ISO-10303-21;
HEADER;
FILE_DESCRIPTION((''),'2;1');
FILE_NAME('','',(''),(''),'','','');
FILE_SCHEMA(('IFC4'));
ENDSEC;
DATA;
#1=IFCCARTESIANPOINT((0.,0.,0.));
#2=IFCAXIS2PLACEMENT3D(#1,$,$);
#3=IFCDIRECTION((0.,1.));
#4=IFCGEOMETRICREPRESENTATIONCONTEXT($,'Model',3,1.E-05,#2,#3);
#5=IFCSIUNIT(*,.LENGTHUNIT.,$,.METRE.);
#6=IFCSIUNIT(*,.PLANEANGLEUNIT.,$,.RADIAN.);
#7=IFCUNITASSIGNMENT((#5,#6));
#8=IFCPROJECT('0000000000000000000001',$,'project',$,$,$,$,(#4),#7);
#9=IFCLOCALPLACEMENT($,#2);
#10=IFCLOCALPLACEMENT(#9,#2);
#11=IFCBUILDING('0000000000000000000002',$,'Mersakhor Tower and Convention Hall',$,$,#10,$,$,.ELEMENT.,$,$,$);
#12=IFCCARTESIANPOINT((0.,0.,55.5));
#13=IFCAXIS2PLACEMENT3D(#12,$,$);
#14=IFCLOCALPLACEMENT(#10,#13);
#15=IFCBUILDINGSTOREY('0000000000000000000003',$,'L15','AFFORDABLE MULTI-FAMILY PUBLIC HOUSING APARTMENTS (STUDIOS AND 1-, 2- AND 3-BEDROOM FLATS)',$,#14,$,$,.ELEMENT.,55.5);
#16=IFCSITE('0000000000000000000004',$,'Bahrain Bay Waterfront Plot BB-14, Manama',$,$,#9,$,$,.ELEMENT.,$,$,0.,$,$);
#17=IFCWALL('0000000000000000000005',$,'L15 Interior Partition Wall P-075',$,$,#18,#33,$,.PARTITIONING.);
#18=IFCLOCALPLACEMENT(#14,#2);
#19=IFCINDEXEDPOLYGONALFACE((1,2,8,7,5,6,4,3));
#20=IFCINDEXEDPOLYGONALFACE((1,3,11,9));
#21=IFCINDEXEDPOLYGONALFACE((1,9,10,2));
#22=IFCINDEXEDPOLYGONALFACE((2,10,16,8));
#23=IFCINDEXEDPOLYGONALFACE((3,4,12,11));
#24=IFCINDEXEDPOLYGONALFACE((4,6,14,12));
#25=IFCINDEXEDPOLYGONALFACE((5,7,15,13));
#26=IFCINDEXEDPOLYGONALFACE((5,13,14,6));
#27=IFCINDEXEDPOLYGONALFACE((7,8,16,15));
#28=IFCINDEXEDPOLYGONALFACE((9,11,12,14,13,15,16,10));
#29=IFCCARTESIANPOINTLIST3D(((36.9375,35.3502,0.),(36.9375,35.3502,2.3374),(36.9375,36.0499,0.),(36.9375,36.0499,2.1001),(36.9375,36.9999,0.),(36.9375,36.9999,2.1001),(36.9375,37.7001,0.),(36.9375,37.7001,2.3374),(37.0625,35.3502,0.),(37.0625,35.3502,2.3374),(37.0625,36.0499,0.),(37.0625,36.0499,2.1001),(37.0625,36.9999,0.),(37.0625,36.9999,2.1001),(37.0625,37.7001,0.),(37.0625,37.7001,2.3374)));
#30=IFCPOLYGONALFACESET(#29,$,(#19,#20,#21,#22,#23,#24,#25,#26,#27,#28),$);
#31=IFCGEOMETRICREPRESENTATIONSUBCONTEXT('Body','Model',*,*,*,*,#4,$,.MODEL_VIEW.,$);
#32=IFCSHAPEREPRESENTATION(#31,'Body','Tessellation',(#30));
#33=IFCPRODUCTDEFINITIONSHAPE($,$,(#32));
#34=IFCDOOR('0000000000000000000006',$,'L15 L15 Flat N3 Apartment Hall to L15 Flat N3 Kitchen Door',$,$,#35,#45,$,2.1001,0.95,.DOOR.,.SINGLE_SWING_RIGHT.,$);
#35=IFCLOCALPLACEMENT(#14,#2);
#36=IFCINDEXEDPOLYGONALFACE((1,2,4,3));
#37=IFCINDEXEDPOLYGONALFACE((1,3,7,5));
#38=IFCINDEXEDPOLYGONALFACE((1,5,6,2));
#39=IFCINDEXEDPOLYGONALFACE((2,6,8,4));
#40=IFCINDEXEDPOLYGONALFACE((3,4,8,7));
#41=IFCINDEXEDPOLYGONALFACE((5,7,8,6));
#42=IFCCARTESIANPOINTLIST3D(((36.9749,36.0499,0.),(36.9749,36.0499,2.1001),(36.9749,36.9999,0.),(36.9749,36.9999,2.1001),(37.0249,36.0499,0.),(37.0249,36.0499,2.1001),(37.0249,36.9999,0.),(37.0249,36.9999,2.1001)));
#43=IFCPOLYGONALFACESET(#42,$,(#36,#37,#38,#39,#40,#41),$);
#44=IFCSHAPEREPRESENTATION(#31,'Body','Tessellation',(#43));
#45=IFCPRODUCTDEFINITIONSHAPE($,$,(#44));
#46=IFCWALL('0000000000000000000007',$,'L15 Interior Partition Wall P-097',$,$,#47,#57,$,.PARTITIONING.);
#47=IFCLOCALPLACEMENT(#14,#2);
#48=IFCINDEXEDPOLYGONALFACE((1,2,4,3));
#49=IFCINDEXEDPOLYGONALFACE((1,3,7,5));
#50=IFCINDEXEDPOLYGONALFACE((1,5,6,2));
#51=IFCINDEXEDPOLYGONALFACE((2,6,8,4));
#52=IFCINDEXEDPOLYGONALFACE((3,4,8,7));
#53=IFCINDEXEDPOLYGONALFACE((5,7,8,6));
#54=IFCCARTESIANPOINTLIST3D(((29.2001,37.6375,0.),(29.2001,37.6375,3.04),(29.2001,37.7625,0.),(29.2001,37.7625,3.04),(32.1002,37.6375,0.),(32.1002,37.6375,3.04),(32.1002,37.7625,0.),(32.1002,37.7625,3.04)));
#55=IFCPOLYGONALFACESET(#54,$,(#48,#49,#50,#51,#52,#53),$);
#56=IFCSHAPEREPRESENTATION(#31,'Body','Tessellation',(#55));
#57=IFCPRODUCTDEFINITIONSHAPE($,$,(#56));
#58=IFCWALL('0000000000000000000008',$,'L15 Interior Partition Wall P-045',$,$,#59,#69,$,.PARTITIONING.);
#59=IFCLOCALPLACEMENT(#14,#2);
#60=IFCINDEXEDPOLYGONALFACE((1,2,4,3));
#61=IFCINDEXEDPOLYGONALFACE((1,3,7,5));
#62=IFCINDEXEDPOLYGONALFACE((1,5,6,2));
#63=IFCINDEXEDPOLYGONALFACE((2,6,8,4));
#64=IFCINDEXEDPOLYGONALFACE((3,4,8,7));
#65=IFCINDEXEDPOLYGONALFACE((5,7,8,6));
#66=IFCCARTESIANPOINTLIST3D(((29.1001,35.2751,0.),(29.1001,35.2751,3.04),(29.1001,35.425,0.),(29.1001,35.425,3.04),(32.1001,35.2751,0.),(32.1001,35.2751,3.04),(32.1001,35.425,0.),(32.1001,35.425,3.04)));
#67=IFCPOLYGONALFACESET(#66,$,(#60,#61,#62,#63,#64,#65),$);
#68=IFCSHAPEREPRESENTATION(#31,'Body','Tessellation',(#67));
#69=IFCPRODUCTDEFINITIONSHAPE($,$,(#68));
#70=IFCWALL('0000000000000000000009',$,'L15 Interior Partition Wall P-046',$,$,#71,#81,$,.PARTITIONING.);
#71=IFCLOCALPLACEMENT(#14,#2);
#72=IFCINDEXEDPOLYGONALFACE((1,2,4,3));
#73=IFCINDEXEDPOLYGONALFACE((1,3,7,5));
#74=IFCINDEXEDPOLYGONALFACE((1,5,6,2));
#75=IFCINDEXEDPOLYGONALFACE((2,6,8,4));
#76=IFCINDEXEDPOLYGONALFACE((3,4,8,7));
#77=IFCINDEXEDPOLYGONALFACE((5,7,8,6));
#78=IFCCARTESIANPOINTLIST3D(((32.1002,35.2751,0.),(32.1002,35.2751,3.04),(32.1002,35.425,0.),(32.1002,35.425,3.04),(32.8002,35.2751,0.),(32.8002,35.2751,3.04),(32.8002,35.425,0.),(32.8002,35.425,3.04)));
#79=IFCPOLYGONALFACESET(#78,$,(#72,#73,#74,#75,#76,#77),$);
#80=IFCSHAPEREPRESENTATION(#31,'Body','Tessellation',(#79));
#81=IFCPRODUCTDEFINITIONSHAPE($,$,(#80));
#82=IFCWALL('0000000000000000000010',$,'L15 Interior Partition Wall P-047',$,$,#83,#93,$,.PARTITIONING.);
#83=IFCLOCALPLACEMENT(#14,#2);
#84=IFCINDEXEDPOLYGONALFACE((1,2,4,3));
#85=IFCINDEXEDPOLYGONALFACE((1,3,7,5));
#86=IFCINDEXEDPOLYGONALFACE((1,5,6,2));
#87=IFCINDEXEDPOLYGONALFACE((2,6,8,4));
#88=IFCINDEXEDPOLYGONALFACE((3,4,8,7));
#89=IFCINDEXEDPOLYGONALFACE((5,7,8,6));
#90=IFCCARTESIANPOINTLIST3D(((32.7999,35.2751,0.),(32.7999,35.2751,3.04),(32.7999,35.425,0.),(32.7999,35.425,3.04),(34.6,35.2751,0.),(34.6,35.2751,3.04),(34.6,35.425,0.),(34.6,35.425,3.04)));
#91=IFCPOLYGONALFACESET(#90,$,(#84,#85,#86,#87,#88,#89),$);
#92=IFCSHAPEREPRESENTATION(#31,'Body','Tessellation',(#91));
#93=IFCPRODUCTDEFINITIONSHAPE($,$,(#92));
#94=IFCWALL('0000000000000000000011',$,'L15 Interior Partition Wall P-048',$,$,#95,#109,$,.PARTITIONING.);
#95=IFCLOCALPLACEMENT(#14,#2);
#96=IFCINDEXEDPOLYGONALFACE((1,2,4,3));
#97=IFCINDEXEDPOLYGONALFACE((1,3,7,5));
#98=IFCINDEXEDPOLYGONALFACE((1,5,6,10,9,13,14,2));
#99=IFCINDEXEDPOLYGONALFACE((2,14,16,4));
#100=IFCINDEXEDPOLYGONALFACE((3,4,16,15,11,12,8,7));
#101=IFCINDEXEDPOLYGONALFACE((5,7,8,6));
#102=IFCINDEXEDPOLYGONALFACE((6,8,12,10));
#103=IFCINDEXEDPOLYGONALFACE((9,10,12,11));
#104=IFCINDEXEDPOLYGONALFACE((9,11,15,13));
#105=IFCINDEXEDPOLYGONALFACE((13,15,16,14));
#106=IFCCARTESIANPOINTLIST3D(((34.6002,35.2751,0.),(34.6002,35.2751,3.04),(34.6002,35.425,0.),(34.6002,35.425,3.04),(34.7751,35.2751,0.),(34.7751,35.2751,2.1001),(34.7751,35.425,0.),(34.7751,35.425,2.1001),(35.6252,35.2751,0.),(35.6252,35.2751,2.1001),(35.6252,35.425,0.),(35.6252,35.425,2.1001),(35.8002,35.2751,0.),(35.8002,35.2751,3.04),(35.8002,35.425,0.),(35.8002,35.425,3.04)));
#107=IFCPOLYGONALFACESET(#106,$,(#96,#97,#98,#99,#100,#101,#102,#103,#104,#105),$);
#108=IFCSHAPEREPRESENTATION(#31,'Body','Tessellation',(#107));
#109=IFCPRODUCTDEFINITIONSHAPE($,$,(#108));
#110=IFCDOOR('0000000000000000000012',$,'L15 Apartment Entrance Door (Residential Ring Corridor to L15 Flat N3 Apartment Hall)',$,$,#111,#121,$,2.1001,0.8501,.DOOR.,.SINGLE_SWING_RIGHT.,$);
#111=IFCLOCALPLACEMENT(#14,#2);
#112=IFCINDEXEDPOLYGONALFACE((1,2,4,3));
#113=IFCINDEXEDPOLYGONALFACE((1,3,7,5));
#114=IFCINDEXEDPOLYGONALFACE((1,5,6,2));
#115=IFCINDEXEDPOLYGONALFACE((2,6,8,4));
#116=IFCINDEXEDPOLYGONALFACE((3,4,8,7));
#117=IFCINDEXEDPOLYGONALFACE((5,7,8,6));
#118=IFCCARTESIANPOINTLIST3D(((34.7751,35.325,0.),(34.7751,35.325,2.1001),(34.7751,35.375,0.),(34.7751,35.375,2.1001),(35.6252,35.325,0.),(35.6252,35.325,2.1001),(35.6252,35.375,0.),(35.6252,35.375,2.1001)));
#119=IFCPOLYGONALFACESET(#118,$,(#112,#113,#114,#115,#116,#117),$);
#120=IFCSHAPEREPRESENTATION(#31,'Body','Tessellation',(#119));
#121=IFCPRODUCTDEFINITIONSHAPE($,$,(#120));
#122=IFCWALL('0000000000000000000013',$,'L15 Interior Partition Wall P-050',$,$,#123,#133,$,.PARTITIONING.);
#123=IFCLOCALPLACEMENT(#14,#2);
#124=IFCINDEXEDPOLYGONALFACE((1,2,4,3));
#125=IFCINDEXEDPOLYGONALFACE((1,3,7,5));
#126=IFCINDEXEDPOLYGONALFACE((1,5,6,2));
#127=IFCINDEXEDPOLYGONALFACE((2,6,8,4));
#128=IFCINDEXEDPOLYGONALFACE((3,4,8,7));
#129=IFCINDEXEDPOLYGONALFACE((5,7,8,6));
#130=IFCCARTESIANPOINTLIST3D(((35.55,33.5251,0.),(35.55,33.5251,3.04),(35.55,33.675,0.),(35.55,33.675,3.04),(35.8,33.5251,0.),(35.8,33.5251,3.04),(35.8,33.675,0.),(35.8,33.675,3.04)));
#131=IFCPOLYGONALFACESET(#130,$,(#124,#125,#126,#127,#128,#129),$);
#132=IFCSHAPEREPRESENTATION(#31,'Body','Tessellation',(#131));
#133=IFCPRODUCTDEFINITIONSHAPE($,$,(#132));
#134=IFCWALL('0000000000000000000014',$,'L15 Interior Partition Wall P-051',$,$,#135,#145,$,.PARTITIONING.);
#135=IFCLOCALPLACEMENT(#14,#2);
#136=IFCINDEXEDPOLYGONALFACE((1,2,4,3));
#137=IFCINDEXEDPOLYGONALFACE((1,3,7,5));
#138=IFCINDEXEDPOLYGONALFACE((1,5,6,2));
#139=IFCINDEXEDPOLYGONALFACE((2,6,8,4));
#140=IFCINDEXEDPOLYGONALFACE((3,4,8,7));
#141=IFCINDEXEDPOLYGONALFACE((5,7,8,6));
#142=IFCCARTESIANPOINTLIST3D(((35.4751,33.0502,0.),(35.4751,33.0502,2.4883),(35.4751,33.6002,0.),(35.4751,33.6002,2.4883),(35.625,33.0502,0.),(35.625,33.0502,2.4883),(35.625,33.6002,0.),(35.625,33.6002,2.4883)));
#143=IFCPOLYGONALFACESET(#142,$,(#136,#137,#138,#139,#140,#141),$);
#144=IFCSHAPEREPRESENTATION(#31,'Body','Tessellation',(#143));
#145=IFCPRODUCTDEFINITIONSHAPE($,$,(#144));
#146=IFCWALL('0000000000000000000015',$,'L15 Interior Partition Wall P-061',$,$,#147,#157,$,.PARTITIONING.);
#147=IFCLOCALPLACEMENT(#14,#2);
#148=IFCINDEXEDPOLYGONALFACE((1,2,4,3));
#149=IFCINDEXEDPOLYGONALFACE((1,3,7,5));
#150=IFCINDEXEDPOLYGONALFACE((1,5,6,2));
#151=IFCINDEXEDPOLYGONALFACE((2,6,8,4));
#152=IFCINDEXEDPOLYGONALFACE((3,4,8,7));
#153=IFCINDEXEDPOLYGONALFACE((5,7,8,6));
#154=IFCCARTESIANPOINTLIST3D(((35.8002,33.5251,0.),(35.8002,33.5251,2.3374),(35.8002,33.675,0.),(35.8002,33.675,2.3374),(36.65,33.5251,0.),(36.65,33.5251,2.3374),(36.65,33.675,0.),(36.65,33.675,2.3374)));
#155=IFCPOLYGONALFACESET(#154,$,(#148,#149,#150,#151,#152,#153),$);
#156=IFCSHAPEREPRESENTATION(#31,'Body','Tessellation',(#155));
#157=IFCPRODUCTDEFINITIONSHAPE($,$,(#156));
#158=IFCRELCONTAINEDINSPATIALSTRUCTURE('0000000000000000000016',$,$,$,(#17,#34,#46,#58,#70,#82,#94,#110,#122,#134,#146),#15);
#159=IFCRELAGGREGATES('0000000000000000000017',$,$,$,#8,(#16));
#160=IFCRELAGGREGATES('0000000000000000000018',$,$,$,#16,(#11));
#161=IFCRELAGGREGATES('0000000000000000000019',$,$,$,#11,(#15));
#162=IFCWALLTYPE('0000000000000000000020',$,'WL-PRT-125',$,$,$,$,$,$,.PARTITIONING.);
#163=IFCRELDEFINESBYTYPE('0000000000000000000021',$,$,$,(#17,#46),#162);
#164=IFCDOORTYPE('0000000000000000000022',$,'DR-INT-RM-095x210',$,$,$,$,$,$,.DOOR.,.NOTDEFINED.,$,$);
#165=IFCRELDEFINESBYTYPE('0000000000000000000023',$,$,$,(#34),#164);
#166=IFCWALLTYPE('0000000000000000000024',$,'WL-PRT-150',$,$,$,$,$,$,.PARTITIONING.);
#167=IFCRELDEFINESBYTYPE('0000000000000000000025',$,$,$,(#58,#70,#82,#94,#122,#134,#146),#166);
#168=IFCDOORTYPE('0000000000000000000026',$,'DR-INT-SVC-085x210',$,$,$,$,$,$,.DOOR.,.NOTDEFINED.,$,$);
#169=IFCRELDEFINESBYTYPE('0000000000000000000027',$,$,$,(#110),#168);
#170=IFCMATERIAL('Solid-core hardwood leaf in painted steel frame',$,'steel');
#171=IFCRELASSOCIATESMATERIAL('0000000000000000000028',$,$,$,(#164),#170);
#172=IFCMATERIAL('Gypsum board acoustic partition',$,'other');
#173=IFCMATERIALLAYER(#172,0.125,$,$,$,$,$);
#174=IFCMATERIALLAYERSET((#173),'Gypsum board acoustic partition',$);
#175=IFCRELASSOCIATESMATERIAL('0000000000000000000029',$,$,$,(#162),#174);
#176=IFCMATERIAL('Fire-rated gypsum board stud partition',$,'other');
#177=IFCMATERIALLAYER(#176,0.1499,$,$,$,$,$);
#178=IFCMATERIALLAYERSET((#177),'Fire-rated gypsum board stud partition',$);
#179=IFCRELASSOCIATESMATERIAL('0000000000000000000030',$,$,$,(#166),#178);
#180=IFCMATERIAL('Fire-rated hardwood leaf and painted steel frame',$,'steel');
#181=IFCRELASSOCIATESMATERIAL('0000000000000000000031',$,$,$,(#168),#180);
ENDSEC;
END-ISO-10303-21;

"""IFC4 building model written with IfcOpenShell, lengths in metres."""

from ifc_helpers import new_model, si_unit, direction, frame, frame_2d, origin, place, context, subcontext, project, spatial, rectangle, extrude, material, layer, layer_set, type_object, element, fill, save


model = new_model("IFC4")

# Units and contexts
model_context = context("Model", 3, precision=1e-05, world=origin(), true_north=direction((0.0, 1.0)))
body_context = subcontext(model_context, "Body", "Model", "MODEL_VIEW")
ifc_project = project(units=[si_unit("LENGTHUNIT", "METRE"), si_unit("PLANEANGLEUNIT", "RADIAN")], contexts=[model_context])

# Site, building, storey
site_placement = place(None, origin())
site = spatial("IfcSite", under=ifc_project, at=site_placement, Name="Bahrain Bay Waterfront Plot BB-14, Manama", CompositionType="ELEMENT", RefElevation=0.0)
building_placement = place(site_placement, origin())
building = spatial("IfcBuilding", under=site, at=building_placement, Name="Mersakhor Tower and Convention Hall", CompositionType="ELEMENT")
storey_placement = place(building_placement, frame((0.0, 0.0, 55.5)))
storey = spatial("IfcBuildingStorey", under=building, at=storey_placement, Name="L15", Description="AFFORDABLE MULTI-FAMILY PUBLIC HOUSING APARTMENTS (STUDIOS AND 1-, 2- AND 3-BEDROOM FLATS)", CompositionType="ELEMENT", Elevation=55.5)

# Shared definitions
ifc_material_1 = material(Name="Solid-core hardwood leaf in painted steel frame", Category="steel")
door_type_1 = type_object("IfcDoorType", Name="DR-INT-RM-095x210", OperationType="NOTDEFINED", PredefinedType="DOOR", material=ifc_material_1)

# Wall, opening, door
ifc_material_2 = material(Name="Gypsum board acoustic partition", Category="other")
ifc_layer_1 = layer(ifc_material_2, 0.125)
ifc_layer_set_1 = layer_set([ifc_layer_1], Name="Gypsum board acoustic partition")
wall_type_1 = type_object("IfcWallType", Name="WL-PRT-125", PredefinedType="PARTITIONING", material=ifc_layer_set_1)
wall_1_placement = place(storey_placement, frame((37.0, 37.7, 0.0), z_axis=(0.0, 0.0, 1.0), x_axis=(0.0, -1.0, 0.0)))
wall_1 = element("IfcWall", 1, at=wall_1_placement, inside=storey, type_object=wall_type_1, Name="L15 Interior Partition Wall P-075", PredefinedType="PARTITIONING", context=body_context, shape_type="SweptSolid", body=[
    extrude(rectangle(XDim=2.3499, YDim=0.125, at=frame_2d((1.1748, 0.0))), origin(), (0.0, 0.0, 1.0), 2.3374),
])
opening_1_placement = place(wall_1_placement, frame((0.7, 0.0, 0.0)))
opening_1 = element("IfcOpeningElement", 2, at=opening_1_placement, cuts=wall_1, PredefinedType="OPENING", context=body_context, shape_type="SweptSolid", body=[
    extrude(rectangle(XDim=0.95, YDim=2.1001, at=frame_2d((0.4751, 1.05))), frame((0.0, 0.0725, 0.0), z_axis=(0.0, -1.0, 0.0), x_axis=(1.0, 0.0, 0.0)), (0.0, 0.0, 1.0), 0.145),
])
door_1_placement = place(opening_1_placement, origin())
door_1 = element("IfcDoor", 3, at=door_1_placement, inside=storey, type_object=door_type_1, Name="L15 L15 Flat N3 Apartment Hall to L15 Flat N3 Kitchen Door", OperationType="SINGLE_SWING_RIGHT", OverallHeight=2.1001, OverallWidth=0.95, PredefinedType="DOOR", context=body_context, shape_type="SweptSolid", body=[
    extrude(rectangle(XDim=0.95, YDim=2.1001, at=frame_2d((0.4751, 1.05))), frame((0.0, 0.0249, 0.0), z_axis=(0.0, -1.0, 0.0), x_axis=(1.0, 0.0, 0.0)), (0.0, 0.0, 1.0), 0.05),
])
fill(opening_1, door_1)

# Walls
wall_2_placement = place(storey_placement, frame((29.2, 37.7, 0.0), z_axis=(0.0, 0.0, 1.0), x_axis=(1.0, 0.0, 0.0)))
element("IfcWall", 4, at=wall_2_placement, inside=storey, type_object=wall_type_1, Name="L15 Interior Partition Wall P-097", PredefinedType="PARTITIONING", context=body_context, shape_type="SweptSolid", body=[
    extrude(rectangle(XDim=2.9001, YDim=0.125, at=frame_2d((1.4502, 0.0))), origin(), (0.0, 0.0, 1.0), 3.04),
])
ifc_material_3 = material(Name="Fire-rated gypsum board stud partition", Category="other")
ifc_layer_2 = layer(ifc_material_3, 0.1499)
ifc_layer_set_2 = layer_set([ifc_layer_2], Name="Fire-rated gypsum board stud partition")
wall_type_2 = type_object("IfcWallType", Name="WL-PRT-150", PredefinedType="PARTITIONING", material=ifc_layer_set_2)
wall_3_placement = place(storey_placement, frame((29.1001, 35.3501, 0.0), z_axis=(0.0, 0.0, 1.0), x_axis=(1.0, 0.0, 0.0)))
element("IfcWall", 5, at=wall_3_placement, inside=storey, type_object=wall_type_2, Name="L15 Interior Partition Wall P-045", PredefinedType="PARTITIONING", context=body_context, shape_type="SweptSolid", body=[
    extrude(rectangle(XDim=3.0, YDim=0.1499, at=frame_2d((1.5, 0.0))), origin(), (0.0, 0.0, 1.0), 3.04),
])
wall_4_placement = place(storey_placement, frame((32.1001, 35.3501, 0.0), z_axis=(0.0, 0.0, 1.0), x_axis=(1.0, 0.0, 0.0)))
element("IfcWall", 6, at=wall_4_placement, inside=storey, type_object=wall_type_2, Name="L15 Interior Partition Wall P-046", PredefinedType="PARTITIONING", context=body_context, shape_type="SweptSolid", body=[
    extrude(rectangle(XDim=0.7, YDim=0.1499, at=frame_2d((0.3501, 0.0))), origin(), (0.0, 0.0, 1.0), 3.04),
])
wall_5_placement = place(storey_placement, frame((32.8, 35.3501, 0.0), z_axis=(0.0, 0.0, 1.0), x_axis=(1.0, 0.0, 0.0)))
element("IfcWall", 7, at=wall_5_placement, inside=storey, type_object=wall_type_2, Name="L15 Interior Partition Wall P-047", PredefinedType="PARTITIONING", context=body_context, shape_type="SweptSolid", body=[
    extrude(rectangle(XDim=1.8, YDim=0.1499, at=frame_2d((0.8999, 0.0))), origin(), (0.0, 0.0, 1.0), 3.04),
])

# Wall, opening, door
wall_6_placement = place(storey_placement, frame((34.6001, 35.3501, 0.0), z_axis=(0.0, 0.0, 1.0), x_axis=(1.0, 0.0, 0.0)))
wall_6 = element("IfcWall", 8, at=wall_6_placement, inside=storey, type_object=wall_type_2, Name="L15 Interior Partition Wall P-048", PredefinedType="PARTITIONING", context=body_context, shape_type="SweptSolid", body=[
    extrude(rectangle(XDim=1.2, YDim=0.1499, at=frame_2d((0.6001, 0.0))), origin(), (0.0, 0.0, 1.0), 3.04),
])
opening_2_placement = place(wall_6_placement, frame((0.175, 0.0, 0.0)))
opening_2 = element("IfcOpeningElement", 9, at=opening_2_placement, cuts=wall_6, PredefinedType="OPENING", context=body_context, shape_type="SweptSolid", body=[
    extrude(rectangle(XDim=0.8501, YDim=2.1001, at=frame_2d((0.425, 1.05))), frame((0.0, 0.085, 0.0), z_axis=(0.0, -1.0, 0.0), x_axis=(1.0, 0.0, 0.0)), (0.0, 0.0, 1.0), 0.1699),
])
ifc_material_4 = material(Name="Fire-rated hardwood leaf and painted steel frame", Category="steel")
door_type_2 = type_object("IfcDoorType", Name="DR-INT-SVC-085x210", OperationType="NOTDEFINED", PredefinedType="DOOR", material=ifc_material_4)
door_2_placement = place(opening_2_placement, origin())
door_2 = element("IfcDoor", 10, at=door_2_placement, inside=storey, type_object=door_type_2, Name="L15 Apartment Entrance Door (Residential Ring Corridor to L15 Flat N3 Apartment Hall)", OperationType="SINGLE_SWING_RIGHT", OverallHeight=2.1001, OverallWidth=0.8501, PredefinedType="DOOR", context=body_context, shape_type="SweptSolid", body=[
    extrude(rectangle(XDim=0.8501, YDim=2.1001, at=frame_2d((0.425, 1.05))), frame((0.0, 0.0249, 0.0), z_axis=(0.0, -1.0, 0.0), x_axis=(1.0, 0.0, 0.0)), (0.0, 0.0, 1.0), 0.05),
])
fill(opening_2, door_2)

# Walls
wall_7_placement = place(storey_placement, frame((35.8, 33.6001, 0.0), z_axis=(0.0, 0.0, 1.0), x_axis=(-1.0, 0.0, 0.0)))
element("IfcWall", 11, at=wall_7_placement, inside=storey, type_object=wall_type_2, Name="L15 Interior Partition Wall P-050", PredefinedType="PARTITIONING", context=body_context, shape_type="SweptSolid", body=[
    extrude(rectangle(XDim=0.25, YDim=0.1499, at=frame_2d((0.125, 0.0))), origin(), (0.0, 0.0, 1.0), 3.04),
])
wall_8_placement = place(storey_placement, frame((35.55, 33.6001, 0.0), z_axis=(0.0, 0.0, 1.0), x_axis=(0.0, -1.0, 0.0)))
element("IfcWall", 12, at=wall_8_placement, inside=storey, type_object=wall_type_2, Name="L15 Interior Partition Wall P-051", PredefinedType="PARTITIONING", context=body_context, shape_type="SweptSolid", body=[
    extrude(rectangle(XDim=0.55, YDim=0.1499, at=frame_2d((0.2749, 0.0))), origin(), (0.0, 0.0, 1.0), 2.4883),
])
wall_9_placement = place(storey_placement, frame((36.6499, 33.6001, 0.0), z_axis=(0.0, 0.0, 1.0), x_axis=(-1.0, 0.0, 0.0)))
element("IfcWall", 13, at=wall_9_placement, inside=storey, type_object=wall_type_2, Name="L15 Interior Partition Wall P-061", PredefinedType="PARTITIONING", context=body_context, shape_type="SweptSolid", body=[
    extrude(rectangle(XDim=0.8499, YDim=0.1499, at=frame_2d((0.4248, 0.0))), origin(), (0.0, 0.0, 1.0), 2.3374),
])

save(model, "model.ifc")
